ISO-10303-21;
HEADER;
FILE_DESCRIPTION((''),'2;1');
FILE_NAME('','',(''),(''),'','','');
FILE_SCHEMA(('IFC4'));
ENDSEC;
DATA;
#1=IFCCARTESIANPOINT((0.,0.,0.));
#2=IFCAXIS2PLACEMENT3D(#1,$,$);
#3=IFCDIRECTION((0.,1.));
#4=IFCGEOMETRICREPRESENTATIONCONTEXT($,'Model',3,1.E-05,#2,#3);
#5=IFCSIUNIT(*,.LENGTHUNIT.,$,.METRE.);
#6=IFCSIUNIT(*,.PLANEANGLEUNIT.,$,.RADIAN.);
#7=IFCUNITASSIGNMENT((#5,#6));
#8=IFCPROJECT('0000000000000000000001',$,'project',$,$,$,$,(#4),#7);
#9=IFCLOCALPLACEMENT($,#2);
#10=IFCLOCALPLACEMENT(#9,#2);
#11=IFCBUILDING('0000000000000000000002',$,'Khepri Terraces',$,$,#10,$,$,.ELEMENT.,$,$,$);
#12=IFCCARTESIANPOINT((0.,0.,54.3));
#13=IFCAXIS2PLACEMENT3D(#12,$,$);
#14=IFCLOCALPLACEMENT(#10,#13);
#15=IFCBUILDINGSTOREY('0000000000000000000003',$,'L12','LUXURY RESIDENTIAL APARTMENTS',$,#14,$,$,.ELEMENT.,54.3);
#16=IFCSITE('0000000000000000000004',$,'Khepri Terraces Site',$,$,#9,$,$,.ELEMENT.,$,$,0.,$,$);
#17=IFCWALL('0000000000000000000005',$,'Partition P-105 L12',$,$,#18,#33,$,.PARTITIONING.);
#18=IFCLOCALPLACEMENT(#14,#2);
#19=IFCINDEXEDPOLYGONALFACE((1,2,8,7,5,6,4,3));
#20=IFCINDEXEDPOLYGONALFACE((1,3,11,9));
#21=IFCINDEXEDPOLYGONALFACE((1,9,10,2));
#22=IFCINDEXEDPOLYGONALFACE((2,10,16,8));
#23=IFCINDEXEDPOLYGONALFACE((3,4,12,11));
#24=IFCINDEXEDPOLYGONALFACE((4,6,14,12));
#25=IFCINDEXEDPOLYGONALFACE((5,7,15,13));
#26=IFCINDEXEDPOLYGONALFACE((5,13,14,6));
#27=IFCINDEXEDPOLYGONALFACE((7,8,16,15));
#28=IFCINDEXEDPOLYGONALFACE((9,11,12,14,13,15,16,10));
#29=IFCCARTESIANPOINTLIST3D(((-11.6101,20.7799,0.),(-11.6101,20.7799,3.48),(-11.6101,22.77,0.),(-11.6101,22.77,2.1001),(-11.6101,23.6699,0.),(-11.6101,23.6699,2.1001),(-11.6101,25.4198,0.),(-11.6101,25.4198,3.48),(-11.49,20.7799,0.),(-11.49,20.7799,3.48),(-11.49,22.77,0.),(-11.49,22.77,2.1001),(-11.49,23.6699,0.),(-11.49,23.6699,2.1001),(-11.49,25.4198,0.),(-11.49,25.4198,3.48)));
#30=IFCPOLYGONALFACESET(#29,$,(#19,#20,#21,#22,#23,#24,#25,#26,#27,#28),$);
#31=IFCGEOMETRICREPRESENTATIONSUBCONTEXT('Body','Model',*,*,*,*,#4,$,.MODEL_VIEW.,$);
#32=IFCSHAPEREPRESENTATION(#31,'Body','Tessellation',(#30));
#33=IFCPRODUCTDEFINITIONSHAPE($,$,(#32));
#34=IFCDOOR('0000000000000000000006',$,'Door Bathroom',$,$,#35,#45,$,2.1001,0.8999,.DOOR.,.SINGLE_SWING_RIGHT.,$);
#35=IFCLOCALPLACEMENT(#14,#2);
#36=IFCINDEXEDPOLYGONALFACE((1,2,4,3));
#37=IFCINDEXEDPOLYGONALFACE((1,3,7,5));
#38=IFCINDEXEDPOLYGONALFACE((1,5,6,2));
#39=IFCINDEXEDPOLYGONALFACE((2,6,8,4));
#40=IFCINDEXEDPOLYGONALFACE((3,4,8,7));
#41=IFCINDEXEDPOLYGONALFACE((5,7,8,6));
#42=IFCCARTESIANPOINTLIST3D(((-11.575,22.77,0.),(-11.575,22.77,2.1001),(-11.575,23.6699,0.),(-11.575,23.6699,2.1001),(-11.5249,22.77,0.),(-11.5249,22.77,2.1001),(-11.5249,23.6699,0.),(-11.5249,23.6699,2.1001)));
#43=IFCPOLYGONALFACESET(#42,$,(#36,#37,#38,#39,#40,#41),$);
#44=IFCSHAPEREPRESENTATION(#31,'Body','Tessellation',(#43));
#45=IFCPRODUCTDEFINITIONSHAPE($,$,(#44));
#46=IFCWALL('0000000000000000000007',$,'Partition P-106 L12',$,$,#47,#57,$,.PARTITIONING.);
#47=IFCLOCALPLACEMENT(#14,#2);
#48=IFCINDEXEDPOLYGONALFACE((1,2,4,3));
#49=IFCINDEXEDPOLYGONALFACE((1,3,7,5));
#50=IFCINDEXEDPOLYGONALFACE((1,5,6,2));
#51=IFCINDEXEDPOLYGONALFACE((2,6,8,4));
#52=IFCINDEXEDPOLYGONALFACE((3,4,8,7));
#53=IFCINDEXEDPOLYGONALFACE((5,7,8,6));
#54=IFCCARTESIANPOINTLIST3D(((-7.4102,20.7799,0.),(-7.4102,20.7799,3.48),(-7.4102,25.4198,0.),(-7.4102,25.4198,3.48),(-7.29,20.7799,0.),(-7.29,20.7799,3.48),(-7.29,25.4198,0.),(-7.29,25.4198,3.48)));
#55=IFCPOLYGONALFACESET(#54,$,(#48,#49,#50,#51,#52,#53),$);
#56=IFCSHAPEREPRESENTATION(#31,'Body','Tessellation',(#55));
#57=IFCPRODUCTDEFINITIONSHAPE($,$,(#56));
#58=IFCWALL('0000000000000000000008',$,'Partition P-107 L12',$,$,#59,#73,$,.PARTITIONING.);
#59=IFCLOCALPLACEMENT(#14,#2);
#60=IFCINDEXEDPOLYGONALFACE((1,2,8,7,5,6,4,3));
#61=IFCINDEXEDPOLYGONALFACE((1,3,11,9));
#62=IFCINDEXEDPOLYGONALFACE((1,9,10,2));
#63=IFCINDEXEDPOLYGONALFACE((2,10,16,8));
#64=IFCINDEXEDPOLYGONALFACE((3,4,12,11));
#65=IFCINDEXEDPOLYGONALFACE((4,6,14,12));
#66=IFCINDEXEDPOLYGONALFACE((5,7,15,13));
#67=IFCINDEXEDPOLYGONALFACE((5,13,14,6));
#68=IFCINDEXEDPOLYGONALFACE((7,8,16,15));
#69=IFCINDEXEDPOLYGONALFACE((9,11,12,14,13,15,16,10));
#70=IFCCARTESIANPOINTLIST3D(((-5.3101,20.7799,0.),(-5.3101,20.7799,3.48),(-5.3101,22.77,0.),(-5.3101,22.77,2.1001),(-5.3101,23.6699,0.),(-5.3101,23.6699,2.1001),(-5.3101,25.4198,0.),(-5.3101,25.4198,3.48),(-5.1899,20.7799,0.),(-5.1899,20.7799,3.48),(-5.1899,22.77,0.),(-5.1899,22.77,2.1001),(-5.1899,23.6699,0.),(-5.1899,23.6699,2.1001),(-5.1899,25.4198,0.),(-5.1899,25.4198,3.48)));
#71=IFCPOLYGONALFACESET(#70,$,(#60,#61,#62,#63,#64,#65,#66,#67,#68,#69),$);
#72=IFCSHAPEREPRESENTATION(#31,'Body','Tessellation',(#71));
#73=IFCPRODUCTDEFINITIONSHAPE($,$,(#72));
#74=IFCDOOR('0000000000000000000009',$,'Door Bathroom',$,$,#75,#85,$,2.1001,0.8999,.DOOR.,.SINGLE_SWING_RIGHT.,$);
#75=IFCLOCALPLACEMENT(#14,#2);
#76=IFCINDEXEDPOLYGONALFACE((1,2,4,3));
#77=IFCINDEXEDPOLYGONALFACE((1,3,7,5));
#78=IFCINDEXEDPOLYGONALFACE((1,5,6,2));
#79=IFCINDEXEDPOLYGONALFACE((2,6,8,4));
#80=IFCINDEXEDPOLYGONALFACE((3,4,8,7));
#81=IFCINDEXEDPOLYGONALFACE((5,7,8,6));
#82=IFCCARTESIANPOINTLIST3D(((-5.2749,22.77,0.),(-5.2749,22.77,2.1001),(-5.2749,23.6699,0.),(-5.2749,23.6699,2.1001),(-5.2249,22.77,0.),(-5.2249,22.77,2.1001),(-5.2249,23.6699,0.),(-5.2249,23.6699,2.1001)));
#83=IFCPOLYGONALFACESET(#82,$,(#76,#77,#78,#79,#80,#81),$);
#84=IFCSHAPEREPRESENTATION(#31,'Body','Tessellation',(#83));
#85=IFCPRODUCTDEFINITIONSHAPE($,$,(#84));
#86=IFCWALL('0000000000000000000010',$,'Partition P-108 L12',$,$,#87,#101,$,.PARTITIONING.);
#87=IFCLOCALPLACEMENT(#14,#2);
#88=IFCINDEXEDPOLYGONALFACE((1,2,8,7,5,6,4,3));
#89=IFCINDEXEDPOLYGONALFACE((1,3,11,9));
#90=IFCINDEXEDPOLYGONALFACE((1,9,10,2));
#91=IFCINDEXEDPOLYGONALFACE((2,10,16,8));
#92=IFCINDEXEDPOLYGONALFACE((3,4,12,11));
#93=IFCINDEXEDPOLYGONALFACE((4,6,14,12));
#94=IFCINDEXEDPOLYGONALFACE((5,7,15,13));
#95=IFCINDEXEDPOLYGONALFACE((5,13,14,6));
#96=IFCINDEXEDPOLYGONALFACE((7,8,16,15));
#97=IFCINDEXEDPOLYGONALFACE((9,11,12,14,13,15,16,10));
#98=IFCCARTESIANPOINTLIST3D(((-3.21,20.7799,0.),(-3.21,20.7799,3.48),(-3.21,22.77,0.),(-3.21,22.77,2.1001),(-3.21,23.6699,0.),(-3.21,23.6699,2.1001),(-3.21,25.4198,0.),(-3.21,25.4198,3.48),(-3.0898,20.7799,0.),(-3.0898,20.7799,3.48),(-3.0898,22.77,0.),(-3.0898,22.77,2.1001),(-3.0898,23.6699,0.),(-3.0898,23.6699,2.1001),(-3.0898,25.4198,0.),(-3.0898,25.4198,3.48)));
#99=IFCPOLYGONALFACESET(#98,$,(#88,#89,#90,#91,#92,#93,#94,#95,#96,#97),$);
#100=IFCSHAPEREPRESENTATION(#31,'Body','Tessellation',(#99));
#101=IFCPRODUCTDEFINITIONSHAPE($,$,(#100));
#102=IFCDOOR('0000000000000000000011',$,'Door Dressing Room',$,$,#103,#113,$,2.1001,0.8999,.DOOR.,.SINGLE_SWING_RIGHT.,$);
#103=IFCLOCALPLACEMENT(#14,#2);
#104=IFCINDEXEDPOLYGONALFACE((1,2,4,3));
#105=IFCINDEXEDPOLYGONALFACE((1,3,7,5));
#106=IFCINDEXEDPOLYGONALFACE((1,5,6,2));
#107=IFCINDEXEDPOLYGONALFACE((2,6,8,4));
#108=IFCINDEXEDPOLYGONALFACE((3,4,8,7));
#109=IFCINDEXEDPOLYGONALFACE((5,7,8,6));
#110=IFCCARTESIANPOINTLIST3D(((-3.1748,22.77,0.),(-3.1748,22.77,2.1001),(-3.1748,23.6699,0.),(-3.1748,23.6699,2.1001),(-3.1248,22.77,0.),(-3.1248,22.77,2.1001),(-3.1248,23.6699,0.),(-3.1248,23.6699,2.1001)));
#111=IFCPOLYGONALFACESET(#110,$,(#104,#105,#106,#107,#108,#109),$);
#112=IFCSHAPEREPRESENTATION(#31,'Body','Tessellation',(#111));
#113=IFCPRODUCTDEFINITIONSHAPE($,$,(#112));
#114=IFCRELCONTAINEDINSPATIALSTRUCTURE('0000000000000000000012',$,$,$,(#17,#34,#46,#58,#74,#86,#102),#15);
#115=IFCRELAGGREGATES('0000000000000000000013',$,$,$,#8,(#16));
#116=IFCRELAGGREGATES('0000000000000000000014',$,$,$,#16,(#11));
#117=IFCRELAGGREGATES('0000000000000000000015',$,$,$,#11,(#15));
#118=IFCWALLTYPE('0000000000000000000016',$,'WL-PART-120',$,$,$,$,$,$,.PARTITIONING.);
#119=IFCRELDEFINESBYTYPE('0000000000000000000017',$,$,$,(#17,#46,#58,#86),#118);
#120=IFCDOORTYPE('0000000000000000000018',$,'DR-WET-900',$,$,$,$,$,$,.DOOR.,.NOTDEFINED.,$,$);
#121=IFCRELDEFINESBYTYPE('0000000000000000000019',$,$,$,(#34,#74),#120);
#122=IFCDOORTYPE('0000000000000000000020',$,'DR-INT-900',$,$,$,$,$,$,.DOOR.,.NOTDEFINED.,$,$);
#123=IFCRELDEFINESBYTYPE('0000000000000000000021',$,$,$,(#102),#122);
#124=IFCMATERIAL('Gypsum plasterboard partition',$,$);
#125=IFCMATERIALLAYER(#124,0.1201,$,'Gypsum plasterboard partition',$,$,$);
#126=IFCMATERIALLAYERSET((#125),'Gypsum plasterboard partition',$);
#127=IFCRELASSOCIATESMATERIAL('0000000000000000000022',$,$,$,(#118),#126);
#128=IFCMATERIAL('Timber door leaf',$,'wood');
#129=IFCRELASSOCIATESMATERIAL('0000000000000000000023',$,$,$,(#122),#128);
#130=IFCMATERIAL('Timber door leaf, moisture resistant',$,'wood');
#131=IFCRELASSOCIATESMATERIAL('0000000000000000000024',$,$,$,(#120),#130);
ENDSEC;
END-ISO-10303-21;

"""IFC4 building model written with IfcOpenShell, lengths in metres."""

from ifc_helpers import new_model, si_unit, direction, frame, frame_2d, origin, place, context, subcontext, project, spatial, rectangle, extrude, material, layer, layer_set, type_object, element, fill, save


model = new_model("IFC4")

# Units and contexts
model_context = context("Model", 3, precision=1e-05, world=origin(), true_north=direction((0.0, 1.0)))
body_context = subcontext(model_context, "Body", "Model", "MODEL_VIEW")
ifc_project = project(units=[si_unit("LENGTHUNIT", "METRE"), si_unit("PLANEANGLEUNIT", "RADIAN")], contexts=[model_context])

# Site, building, storey
site_placement = place(None, origin())
site = spatial("IfcSite", under=ifc_project, at=site_placement, Name="Khepri Terraces Site", CompositionType="ELEMENT", RefElevation=0.0)
building_placement = place(site_placement, origin())
building = spatial("IfcBuilding", under=site, at=building_placement, Name="Khepri Terraces", CompositionType="ELEMENT")
storey_placement = place(building_placement, frame((0.0, 0.0, 54.3)))
storey = spatial("IfcBuildingStorey", under=building, at=storey_placement, Name="L12", Description="LUXURY RESIDENTIAL APARTMENTS", CompositionType="ELEMENT", Elevation=54.3)

# Shared definitions
ifc_material_1 = material(Name="Gypsum plasterboard partition")
ifc_layer_1 = layer(ifc_material_1, 0.1201, Name="Gypsum plasterboard partition")
ifc_layer_set_1 = layer_set([ifc_layer_1], Name="Gypsum plasterboard partition")
wall_type_1 = type_object("IfcWallType", Name="WL-PART-120", PredefinedType="PARTITIONING", material=ifc_layer_set_1)
ifc_material_2 = material(Name="Timber door leaf", Category="wood")
door_type_1 = type_object("IfcDoorType", Name="DR-INT-900", OperationType="NOTDEFINED", PredefinedType="DOOR", material=ifc_material_2)

# Wall, opening, door
wall_1_placement = place(storey_placement, frame((-11.55, 20.78, 0.0), z_axis=(0.0, 0.0, 1.0), x_axis=(0.0, 1.0, 0.0)))
wall_1 = element("IfcWall", 1, at=wall_1_placement, inside=storey, type_object=wall_type_1, Name="Partition P-105 L12", PredefinedType="PARTITIONING", context=body_context, shape_type="SweptSolid", body=[
    extrude(rectangle(XDim=4.6399, YDim=0.1201, at=frame_2d((2.3198, 0.0))), origin(), (0.0, 0.0, 1.0), 3.48),
])
opening_1_placement = place(wall_1_placement, frame((1.99, 0.0, 0.0)))
opening_1 = element("IfcOpeningElement", 2, at=opening_1_placement, cuts=wall_1, PredefinedType="OPENING", context=body_context, shape_type="SweptSolid", body=[
    extrude(rectangle(XDim=0.8999, YDim=2.1001, at=frame_2d((0.45, 1.05))), frame((0.0, 0.0701, 0.0), z_axis=(0.0, -1.0, 0.0), x_axis=(1.0, 0.0, 0.0)), (0.0, 0.0, 1.0), 0.1401),
])
ifc_material_3 = material(Name="Timber door leaf, moisture resistant", Category="wood")
door_type_2 = type_object("IfcDoorType", Name="DR-WET-900", OperationType="NOTDEFINED", PredefinedType="DOOR", material=ifc_material_3)
door_1_placement = place(opening_1_placement, origin())
door_1 = element("IfcDoor", 3, at=door_1_placement, inside=storey, type_object=door_type_2, Name="Door Bathroom", OperationType="SINGLE_SWING_RIGHT", OverallHeight=2.1001, OverallWidth=0.8999, PredefinedType="DOOR", context=body_context, shape_type="SweptSolid", body=[
    extrude(rectangle(XDim=0.8999, YDim=2.1001, at=frame_2d((0.45, 1.05))), frame((0.0, 0.0249, 0.0), z_axis=(0.0, -1.0, 0.0), x_axis=(1.0, 0.0, 0.0)), (0.0, 0.0, 1.0), 0.05),
])
fill(opening_1, door_1)

# Wall
wall_2_placement = place(storey_placement, frame((-7.3501, 20.78, 0.0), z_axis=(0.0, 0.0, 1.0), x_axis=(0.0, 1.0, 0.0)))
element("IfcWall", 4, at=wall_2_placement, inside=storey, type_object=wall_type_1, Name="Partition P-106 L12", PredefinedType="PARTITIONING", context=body_context, shape_type="SweptSolid", body=[
    extrude(rectangle(XDim=4.6399, YDim=0.1201, at=frame_2d((2.3198, 0.0))), origin(), (0.0, 0.0, 1.0), 3.48),
])

# Walls, openings, doors
wall_3_placement = place(storey_placement, frame((-5.25, 20.78, 0.0), z_axis=(0.0, 0.0, 1.0), x_axis=(0.0, 1.0, 0.0)))
wall_3 = element("IfcWall", 5, at=wall_3_placement, inside=storey, type_object=wall_type_1, Name="Partition P-107 L12", PredefinedType="PARTITIONING", context=body_context, shape_type="SweptSolid", body=[
    extrude(rectangle(XDim=4.6399, YDim=0.1201, at=frame_2d((2.3198, 0.0))), origin(), (0.0, 0.0, 1.0), 3.48),
])
opening_2_placement = place(wall_3_placement, frame((1.99, 0.0, 0.0)))
opening_2 = element("IfcOpeningElement", 6, at=opening_2_placement, cuts=wall_3, PredefinedType="OPENING", context=body_context, shape_type="SweptSolid", body=[
    extrude(rectangle(XDim=0.8999, YDim=2.1001, at=frame_2d((0.45, 1.05))), frame((0.0, 0.0701, 0.0), z_axis=(0.0, -1.0, 0.0), x_axis=(1.0, 0.0, 0.0)), (0.0, 0.0, 1.0), 0.1401),
])
door_2_placement = place(opening_2_placement, origin())
door_2 = element("IfcDoor", 7, at=door_2_placement, inside=storey, type_object=door_type_2, Name="Door Bathroom", OperationType="SINGLE_SWING_RIGHT", OverallHeight=2.1001, OverallWidth=0.8999, PredefinedType="DOOR", context=body_context, shape_type="SweptSolid", body=[
    extrude(rectangle(XDim=0.8999, YDim=2.1001, at=frame_2d((0.45, 1.05))), frame((0.0, 0.0249, 0.0), z_axis=(0.0, -1.0, 0.0), x_axis=(1.0, 0.0, 0.0)), (0.0, 0.0, 1.0), 0.05),
])
fill(opening_2, door_2)
wall_4_placement = place(storey_placement, frame((-3.1499, 20.78, 0.0), z_axis=(0.0, 0.0, 1.0), x_axis=(0.0, 1.0, 0.0)))
wall_4 = element("IfcWall", 8, at=wall_4_placement, inside=storey, type_object=wall_type_1, Name="Partition P-108 L12", PredefinedType="PARTITIONING", context=body_context, shape_type="SweptSolid", body=[
    extrude(rectangle(XDim=4.6399, YDim=0.1201, at=frame_2d((2.3198, 0.0))), origin(), (0.0, 0.0, 1.0), 3.48),
])
opening_3_placement = place(wall_4_placement, frame((1.99, 0.0, 0.0)))
opening_3 = element("IfcOpeningElement", 9, at=opening_3_placement, cuts=wall_4, PredefinedType="OPENING", context=body_context, shape_type="SweptSolid", body=[
    extrude(rectangle(XDim=0.8999, YDim=2.1001, at=frame_2d((0.45, 1.05))), frame((0.0, 0.0701, 0.0), z_axis=(0.0, -1.0, 0.0), x_axis=(1.0, 0.0, 0.0)), (0.0, 0.0, 1.0), 0.1401),
])
door_3_placement = place(opening_3_placement, origin())
door_3 = element("IfcDoor", 10, at=door_3_placement, inside=storey, type_object=door_type_1, Name="Door Dressing Room", OperationType="SINGLE_SWING_RIGHT", OverallHeight=2.1001, OverallWidth=0.8999, PredefinedType="DOOR", context=body_context, shape_type="SweptSolid", body=[
    extrude(rectangle(XDim=0.8999, YDim=2.1001, at=frame_2d((0.45, 1.05))), frame((0.0, 0.0249, 0.0), z_axis=(0.0, -1.0, 0.0), x_axis=(1.0, 0.0, 0.0)), (0.0, 0.0, 1.0), 0.05),
])
fill(opening_3, door_3)

save(model, "model.ifc")
